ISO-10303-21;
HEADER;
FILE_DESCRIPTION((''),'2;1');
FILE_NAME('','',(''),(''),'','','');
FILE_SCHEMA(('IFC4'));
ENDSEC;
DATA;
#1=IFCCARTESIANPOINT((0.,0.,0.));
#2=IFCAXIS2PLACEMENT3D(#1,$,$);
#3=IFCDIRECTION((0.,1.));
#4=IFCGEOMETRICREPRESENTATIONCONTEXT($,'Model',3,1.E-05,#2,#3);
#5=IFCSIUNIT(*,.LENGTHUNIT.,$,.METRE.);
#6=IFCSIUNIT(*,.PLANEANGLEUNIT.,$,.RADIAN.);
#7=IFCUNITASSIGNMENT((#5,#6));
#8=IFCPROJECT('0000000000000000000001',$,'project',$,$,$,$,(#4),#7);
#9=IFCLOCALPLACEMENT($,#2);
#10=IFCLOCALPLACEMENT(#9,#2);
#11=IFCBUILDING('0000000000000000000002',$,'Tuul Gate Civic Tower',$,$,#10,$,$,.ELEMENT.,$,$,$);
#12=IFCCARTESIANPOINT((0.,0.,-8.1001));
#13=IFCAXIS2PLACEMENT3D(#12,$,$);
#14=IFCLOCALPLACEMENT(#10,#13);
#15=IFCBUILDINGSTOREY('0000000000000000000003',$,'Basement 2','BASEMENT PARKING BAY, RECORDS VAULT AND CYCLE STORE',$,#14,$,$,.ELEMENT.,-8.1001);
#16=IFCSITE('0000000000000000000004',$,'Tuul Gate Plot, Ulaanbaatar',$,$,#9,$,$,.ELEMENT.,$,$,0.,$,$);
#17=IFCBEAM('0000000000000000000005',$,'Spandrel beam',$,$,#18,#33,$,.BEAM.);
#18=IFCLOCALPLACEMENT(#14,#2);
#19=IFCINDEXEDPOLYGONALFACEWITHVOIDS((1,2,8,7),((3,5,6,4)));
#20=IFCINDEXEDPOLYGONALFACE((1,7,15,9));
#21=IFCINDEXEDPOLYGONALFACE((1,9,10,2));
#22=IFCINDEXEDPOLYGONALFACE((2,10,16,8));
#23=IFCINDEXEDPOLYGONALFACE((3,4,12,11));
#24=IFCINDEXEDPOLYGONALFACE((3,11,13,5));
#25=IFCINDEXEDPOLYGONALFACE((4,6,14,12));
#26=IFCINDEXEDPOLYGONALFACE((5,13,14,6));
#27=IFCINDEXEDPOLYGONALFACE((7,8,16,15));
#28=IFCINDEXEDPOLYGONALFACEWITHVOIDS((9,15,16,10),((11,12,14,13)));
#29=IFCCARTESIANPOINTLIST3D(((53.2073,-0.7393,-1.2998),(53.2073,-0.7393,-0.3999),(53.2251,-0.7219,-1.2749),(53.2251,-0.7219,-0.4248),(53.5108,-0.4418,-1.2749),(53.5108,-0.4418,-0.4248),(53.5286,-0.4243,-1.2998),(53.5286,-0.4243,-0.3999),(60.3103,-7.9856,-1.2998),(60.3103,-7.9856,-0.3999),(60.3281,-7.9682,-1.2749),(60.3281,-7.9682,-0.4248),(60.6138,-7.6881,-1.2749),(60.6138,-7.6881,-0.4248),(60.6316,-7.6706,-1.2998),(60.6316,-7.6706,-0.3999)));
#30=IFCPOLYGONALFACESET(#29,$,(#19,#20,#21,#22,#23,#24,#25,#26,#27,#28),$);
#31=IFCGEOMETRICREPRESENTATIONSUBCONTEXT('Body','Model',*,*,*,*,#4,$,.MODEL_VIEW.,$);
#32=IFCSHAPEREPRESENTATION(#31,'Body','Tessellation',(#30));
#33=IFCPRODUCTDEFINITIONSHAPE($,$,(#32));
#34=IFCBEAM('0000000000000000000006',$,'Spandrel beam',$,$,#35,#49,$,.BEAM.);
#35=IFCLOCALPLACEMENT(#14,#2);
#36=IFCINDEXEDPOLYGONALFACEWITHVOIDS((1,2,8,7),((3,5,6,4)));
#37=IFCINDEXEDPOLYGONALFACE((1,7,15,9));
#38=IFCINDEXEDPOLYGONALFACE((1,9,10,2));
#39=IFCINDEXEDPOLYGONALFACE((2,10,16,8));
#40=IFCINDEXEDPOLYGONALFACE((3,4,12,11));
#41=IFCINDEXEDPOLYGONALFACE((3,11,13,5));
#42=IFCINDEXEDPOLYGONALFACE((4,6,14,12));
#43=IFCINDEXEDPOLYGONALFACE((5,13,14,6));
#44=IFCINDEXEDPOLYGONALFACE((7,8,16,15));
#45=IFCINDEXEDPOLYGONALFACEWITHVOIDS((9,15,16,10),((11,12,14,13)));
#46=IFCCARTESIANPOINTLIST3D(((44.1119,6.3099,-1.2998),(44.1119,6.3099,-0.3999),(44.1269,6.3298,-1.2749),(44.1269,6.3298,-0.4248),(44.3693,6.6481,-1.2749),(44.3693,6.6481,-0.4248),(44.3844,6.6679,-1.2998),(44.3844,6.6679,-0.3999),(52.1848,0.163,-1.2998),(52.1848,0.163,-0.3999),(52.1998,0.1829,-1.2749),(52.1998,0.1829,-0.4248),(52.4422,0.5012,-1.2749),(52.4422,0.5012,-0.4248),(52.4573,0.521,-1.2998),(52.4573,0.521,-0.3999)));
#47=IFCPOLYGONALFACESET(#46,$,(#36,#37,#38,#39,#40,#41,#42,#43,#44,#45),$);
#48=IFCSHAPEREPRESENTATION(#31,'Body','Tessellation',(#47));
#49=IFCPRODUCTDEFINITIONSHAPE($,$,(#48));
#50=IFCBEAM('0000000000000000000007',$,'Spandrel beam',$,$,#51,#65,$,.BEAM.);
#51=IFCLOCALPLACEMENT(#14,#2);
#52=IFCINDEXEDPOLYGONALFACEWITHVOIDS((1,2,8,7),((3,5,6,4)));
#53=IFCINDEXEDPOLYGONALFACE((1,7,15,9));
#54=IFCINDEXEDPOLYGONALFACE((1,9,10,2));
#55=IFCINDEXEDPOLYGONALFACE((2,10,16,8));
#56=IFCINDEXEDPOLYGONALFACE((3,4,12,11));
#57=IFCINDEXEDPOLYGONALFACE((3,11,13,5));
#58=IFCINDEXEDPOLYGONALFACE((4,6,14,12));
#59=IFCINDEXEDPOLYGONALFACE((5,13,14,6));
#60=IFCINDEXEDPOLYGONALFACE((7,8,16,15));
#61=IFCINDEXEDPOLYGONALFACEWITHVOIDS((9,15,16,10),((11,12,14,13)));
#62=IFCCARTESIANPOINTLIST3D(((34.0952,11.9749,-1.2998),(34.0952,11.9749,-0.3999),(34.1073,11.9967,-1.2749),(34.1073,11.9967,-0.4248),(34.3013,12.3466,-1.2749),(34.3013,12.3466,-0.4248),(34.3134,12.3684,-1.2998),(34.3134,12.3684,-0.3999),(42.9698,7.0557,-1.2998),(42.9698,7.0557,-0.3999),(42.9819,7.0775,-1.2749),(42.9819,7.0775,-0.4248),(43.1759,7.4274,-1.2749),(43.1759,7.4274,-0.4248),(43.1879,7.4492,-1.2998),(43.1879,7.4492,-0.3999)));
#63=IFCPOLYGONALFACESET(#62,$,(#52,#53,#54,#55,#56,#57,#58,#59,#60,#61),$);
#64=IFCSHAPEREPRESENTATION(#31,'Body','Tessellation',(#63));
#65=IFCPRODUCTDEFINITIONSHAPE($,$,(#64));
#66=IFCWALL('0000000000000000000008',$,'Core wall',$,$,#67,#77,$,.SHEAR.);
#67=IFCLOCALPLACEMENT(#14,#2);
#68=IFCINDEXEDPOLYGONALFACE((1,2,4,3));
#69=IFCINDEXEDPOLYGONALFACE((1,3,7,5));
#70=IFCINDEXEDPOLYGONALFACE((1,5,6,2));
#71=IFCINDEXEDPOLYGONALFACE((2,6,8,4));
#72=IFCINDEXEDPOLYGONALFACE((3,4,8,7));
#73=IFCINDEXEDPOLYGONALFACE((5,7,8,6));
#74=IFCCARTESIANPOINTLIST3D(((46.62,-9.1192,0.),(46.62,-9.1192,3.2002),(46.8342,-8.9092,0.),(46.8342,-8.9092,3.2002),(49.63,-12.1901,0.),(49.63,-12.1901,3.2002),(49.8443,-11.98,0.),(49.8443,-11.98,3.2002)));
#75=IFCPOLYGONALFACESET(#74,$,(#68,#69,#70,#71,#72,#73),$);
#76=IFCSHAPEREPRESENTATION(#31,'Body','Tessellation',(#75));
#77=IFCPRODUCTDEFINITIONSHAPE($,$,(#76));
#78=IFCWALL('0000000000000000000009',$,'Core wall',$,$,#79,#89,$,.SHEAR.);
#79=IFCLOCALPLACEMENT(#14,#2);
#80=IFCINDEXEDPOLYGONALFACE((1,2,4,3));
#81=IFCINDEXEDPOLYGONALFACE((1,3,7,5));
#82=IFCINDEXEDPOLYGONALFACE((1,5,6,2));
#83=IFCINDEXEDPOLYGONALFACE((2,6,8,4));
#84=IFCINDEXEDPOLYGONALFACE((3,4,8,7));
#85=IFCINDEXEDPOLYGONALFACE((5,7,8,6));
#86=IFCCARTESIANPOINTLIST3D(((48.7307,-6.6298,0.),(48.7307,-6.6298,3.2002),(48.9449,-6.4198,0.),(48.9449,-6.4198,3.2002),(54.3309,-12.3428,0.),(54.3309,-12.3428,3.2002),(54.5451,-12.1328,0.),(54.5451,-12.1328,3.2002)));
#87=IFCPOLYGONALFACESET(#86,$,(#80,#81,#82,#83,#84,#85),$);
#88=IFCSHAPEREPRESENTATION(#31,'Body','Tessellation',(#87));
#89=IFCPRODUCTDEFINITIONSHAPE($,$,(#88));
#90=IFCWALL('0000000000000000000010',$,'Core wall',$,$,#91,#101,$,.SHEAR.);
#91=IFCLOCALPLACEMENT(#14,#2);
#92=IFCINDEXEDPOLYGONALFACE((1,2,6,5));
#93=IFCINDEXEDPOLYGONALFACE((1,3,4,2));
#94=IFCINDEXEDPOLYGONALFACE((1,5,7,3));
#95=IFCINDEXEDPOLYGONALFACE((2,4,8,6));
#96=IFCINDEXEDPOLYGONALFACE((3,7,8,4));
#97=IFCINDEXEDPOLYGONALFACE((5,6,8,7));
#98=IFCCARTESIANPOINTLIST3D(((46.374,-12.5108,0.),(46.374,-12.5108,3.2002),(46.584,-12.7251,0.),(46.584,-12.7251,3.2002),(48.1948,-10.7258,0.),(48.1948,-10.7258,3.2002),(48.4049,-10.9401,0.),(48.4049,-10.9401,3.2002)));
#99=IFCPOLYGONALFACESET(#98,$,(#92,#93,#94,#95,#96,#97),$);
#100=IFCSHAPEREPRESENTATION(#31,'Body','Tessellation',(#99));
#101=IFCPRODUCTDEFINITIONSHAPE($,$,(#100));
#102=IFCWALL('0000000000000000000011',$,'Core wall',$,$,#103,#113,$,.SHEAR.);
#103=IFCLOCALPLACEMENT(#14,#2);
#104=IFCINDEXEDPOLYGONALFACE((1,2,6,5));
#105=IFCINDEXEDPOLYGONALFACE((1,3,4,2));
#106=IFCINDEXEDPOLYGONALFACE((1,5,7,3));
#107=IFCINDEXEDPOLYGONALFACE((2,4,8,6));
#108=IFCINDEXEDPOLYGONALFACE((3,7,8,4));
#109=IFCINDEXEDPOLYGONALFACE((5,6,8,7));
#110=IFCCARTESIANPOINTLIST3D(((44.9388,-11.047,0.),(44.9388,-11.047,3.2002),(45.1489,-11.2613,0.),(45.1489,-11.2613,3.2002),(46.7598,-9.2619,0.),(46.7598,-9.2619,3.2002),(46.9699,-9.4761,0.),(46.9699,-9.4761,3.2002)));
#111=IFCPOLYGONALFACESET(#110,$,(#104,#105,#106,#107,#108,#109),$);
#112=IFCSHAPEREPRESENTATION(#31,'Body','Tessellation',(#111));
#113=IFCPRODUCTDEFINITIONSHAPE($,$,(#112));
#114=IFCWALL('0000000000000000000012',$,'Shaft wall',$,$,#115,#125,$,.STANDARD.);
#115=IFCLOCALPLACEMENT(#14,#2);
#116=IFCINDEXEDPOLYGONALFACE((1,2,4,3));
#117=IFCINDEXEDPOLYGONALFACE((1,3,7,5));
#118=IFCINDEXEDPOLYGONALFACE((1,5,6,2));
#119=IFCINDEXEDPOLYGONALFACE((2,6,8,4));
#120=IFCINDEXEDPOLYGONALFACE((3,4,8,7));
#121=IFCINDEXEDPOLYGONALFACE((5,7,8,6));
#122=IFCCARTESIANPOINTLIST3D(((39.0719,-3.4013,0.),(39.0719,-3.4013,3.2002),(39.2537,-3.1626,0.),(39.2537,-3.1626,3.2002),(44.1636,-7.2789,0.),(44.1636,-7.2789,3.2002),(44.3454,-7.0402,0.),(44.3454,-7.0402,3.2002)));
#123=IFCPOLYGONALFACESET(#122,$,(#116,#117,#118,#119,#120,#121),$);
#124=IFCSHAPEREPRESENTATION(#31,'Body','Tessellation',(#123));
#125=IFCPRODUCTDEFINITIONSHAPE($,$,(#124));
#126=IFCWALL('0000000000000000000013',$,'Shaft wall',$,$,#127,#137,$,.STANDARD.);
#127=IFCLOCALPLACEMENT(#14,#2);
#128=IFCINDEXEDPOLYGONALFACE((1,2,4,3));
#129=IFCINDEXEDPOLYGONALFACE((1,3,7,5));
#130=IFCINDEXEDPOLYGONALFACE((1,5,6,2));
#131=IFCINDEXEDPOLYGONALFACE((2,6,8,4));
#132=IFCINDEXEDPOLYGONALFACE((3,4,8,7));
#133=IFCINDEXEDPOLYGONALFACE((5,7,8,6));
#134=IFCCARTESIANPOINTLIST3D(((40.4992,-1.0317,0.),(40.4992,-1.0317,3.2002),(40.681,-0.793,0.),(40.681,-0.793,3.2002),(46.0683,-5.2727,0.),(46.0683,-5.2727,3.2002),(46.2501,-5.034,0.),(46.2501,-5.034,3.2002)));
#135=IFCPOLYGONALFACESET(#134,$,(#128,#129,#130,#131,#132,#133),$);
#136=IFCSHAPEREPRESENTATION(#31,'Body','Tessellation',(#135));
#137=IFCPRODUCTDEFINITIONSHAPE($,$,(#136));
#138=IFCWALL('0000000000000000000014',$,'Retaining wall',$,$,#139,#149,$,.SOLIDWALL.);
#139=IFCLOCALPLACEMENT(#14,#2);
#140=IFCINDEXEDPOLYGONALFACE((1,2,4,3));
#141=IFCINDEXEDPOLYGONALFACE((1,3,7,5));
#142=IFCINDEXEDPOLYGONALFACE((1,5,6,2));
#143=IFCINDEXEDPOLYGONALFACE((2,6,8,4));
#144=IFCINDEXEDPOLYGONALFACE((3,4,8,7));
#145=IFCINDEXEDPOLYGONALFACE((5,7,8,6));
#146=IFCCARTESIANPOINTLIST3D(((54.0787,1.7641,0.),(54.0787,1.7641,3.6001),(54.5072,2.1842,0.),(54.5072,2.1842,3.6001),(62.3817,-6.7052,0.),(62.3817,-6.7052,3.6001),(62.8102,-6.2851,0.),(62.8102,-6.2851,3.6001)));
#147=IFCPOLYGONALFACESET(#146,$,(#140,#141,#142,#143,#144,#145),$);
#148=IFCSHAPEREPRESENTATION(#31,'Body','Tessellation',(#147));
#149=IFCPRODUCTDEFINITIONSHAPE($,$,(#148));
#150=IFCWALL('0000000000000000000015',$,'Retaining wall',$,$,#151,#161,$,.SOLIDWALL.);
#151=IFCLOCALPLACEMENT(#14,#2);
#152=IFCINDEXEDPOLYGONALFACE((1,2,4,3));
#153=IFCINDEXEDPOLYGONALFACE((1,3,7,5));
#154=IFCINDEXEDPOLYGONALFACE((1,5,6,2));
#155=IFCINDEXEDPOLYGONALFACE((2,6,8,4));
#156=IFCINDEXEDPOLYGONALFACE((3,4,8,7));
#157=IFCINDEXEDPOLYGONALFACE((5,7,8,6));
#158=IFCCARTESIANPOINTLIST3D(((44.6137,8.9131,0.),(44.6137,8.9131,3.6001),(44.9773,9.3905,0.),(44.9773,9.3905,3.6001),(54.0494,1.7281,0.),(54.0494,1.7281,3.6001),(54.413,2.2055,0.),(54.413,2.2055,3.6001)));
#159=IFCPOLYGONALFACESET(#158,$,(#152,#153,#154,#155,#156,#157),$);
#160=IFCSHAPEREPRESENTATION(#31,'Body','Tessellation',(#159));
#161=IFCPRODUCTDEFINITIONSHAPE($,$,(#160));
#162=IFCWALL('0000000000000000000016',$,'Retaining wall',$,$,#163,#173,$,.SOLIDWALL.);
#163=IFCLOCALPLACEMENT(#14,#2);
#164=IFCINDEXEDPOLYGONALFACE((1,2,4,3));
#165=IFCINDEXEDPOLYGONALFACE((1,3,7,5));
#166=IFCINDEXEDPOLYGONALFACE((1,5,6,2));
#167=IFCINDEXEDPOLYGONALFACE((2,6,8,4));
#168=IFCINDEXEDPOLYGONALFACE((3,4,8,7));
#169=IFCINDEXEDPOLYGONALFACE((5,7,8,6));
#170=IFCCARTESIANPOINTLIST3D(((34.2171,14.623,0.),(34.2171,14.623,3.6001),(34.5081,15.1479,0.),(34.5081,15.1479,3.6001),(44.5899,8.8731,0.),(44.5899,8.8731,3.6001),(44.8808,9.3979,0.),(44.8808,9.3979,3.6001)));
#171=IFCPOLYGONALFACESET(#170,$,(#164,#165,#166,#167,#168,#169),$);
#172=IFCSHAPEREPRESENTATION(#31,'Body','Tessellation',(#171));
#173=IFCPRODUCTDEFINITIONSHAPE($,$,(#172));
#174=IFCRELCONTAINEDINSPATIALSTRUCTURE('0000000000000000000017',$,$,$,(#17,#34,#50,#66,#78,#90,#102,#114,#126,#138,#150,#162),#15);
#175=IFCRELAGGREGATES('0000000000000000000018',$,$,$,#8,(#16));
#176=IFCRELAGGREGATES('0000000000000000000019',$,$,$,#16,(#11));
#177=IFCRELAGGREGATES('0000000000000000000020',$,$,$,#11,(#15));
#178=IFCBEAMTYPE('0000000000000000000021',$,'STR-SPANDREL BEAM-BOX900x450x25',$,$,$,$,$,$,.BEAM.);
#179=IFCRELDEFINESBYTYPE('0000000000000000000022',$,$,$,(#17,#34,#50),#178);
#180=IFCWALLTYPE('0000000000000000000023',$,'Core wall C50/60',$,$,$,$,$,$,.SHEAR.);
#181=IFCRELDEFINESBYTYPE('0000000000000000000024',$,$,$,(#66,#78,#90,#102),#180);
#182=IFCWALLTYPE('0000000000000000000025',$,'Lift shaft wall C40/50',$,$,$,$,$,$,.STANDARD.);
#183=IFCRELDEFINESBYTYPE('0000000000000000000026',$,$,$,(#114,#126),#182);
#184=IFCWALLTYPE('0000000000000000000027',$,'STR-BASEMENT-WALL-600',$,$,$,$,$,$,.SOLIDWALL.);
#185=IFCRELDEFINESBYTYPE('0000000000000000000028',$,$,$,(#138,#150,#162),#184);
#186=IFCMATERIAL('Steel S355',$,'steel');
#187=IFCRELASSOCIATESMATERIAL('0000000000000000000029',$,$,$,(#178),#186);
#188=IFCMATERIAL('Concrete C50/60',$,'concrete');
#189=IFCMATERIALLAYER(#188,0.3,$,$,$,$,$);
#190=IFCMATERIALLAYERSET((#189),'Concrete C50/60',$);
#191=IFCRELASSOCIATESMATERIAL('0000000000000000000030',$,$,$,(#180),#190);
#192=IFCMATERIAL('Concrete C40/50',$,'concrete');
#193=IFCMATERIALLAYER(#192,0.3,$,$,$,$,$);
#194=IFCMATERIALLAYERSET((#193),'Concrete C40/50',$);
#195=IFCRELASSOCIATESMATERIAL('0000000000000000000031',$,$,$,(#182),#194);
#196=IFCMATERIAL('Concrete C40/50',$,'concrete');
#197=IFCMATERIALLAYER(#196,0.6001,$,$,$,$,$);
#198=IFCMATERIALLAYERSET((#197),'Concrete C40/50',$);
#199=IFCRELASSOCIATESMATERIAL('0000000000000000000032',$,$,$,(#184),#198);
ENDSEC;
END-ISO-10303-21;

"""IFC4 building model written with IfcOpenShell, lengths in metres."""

from ifc_helpers import new_model, si_unit, direction, frame, frame_2d, origin, origin_2d, place, context, subcontext, project, spatial, rectangle, hollow_rectangle, extrude, material, layer, layer_set, material_profile, profile_set, type_object, element, save


model = new_model("IFC4")

# Units and contexts
model_context = context("Model", 3, precision=1e-05, world=origin(), true_north=direction((0.0, 1.0)))
body_context = subcontext(model_context, "Body", "Model", "MODEL_VIEW")
ifc_project = project(units=[si_unit("LENGTHUNIT", "METRE"), si_unit("PLANEANGLEUNIT", "RADIAN")], contexts=[model_context])

# Site, building, storey
site_placement = place(None, origin())
site = spatial("IfcSite", under=ifc_project, at=site_placement, Name="Tuul Gate Plot, Ulaanbaatar", CompositionType="ELEMENT", RefElevation=0.0)
building_placement = place(site_placement, origin())
building = spatial("IfcBuilding", under=site, at=building_placement, Name="Tuul Gate Civic Tower", CompositionType="ELEMENT")
storey_placement = place(building_placement, frame((0.0, 0.0, -8.1001)))
storey = spatial("IfcBuildingStorey", under=building, at=storey_placement, Name="Basement 2", Description="BASEMENT PARKING BAY, RECORDS VAULT AND CYCLE STORE", CompositionType="ELEMENT", Elevation=-8.1001)

# Beams
ifc_material_1 = material(Name="Steel S355", Category="steel")
ifc_material_profile_1 = material_profile(ifc_material_1, hollow_rectangle(XDim=0.45, YDim=0.8999, WallThickness=0.0249, at=origin_2d()), Name="BOX900x450x25")
ifc_profile_set_1 = profile_set([ifc_material_profile_1], Name="Steel S355")
beam_type_1 = type_object("IfcBeamType", Name="STR-SPANDREL BEAM-BOX900x450x25", PredefinedType="BEAM", material=ifc_profile_set_1)
beam_1_placement = place(storey_placement, frame((60.4709, -7.8281, -0.8499), z_axis=(-0.70001, 0.714133, 0.0), x_axis=(-0.714133, -0.70001, 0.0)))
element("IfcBeam", 1, at=beam_1_placement, inside=storey, type_object=beam_type_1, Name="Spandrel beam", PredefinedType="BEAM", context=body_context, shape_type="SweptSolid", body=[
    extrude(hollow_rectangle(XDim=0.45, YDim=0.8999, WallThickness=0.0249, at=origin_2d()), origin(), (0.0, 0.0, 1.0), 10.147),
])
for number, where, z_axis, x_axis, name in (
    (2, (52.321, 0.342, -0.8499), (-0.795616, 0.605801, 0.0), (-0.605801, -0.795616, 0.0), "Spandrel beam"),
    (3, (43.0789, 7.2524, -0.8499), (-0.874621, 0.484807, 0.0), (-0.484807, -0.874621, 0.0), "Spandrel beam"),
):
    element("IfcBeam", number, at=place(storey_placement, frame(where, z_axis=z_axis, x_axis=x_axis)), inside=storey, type_object=beam_type_1, Name=name, PredefinedType="BEAM", context=body_context, shape_type="SweptSolid", body=[
        extrude(hollow_rectangle(XDim=0.45, YDim=0.8999, WallThickness=0.0249, at=origin_2d()), origin(), (0.0, 0.0, 1.0), 10.1467),
    ])

# Walls
ifc_material_2 = material(Name="Concrete C50/60", Category="concrete")
ifc_layer_1 = layer(ifc_material_2, 0.3)
ifc_layer_set_1 = layer_set([ifc_layer_1], Name="Concrete C50/60")
wall_type_1 = type_object("IfcWallType", Name="Core wall C50/60", PredefinedType="SHEAR", material=ifc_layer_set_1)
wall_1_placement = place(storey_placement, frame((49.7371, -12.085, 0.0), z_axis=(0.0, 0.0, 1.0), x_axis=(-0.700003, 0.71414, 0.0)))
element("IfcWall", 4, at=wall_1_placement, inside=storey, type_object=wall_type_1, Name="Core wall", PredefinedType="SHEAR", context=body_context, shape_type="SweptSolid", body=[
    extrude(rectangle(XDim=4.3, YDim=0.3, at=frame_2d((2.1499, 0.0))), origin(), (0.0, 0.0, 1.0), 3.2002),
])
wall_2_placement = place(storey_placement, frame((54.438, -12.2378, 0.0), z_axis=(0.0, 0.0, 1.0), x_axis=(-0.700022, 0.714121, 0.0)))
element("IfcWall", 5, at=wall_2_placement, inside=storey, type_object=wall_type_1, Name="Core wall", PredefinedType="SHEAR", context=body_context, shape_type="SweptSolid", body=[
    extrude(rectangle(XDim=8.0, YDim=0.3, at=frame_2d((4.0, 0.0))), origin(), (0.0, 0.0, 1.0), 3.2002),
])
wall_3_placement = place(storey_placement, frame((46.479, -12.6179, 0.0), z_axis=(0.0, 0.0, 1.0), x_axis=(0.714109, 0.700034, 0.0)))
element("IfcWall", 6, at=wall_3_placement, inside=storey, type_object=wall_type_1, Name="Core wall", PredefinedType="SHEAR", context=body_context, shape_type="SweptSolid", body=[
    extrude(rectangle(XDim=2.5498, YDim=0.3, at=frame_2d((1.2749, 0.0))), origin(), (0.0, 0.0, 1.0), 3.2002),
])
wall_4_placement = place(storey_placement, frame((45.0439, -11.1541, 0.0), z_axis=(0.0, 0.0, 1.0), x_axis=(0.714108, 0.700035, 0.0)))
element("IfcWall", 7, at=wall_4_placement, inside=storey, type_object=wall_type_1, Name="Core wall", PredefinedType="SHEAR", context=body_context, shape_type="SweptSolid", body=[
    extrude(rectangle(XDim=2.55, YDim=0.3, at=frame_2d((1.2749, 0.0))), origin(), (0.0, 0.0, 1.0), 3.2002),
])
ifc_material_3 = material(Name="Concrete C40/50", Category="concrete")
ifc_layer_2 = layer(ifc_material_3, 0.3)
ifc_layer_set_2 = layer_set([ifc_layer_2], Name="Concrete C40/50")
wall_type_2 = type_object("IfcWallType", Name="Lift shaft wall C40/50", PredefinedType="STANDARD", material=ifc_layer_set_2)
wall_5_placement = place(storey_placement, frame((44.2546, -7.1597, 0.0), z_axis=(0.0, 0.0, 1.0), x_axis=(-0.795566, 0.605867, 0.0)))
element("IfcWall", 8, at=wall_5_placement, inside=storey, type_object=wall_type_2, Name="Shaft wall", PredefinedType="STANDARD", context=body_context, shape_type="SweptSolid", body=[
    extrude(rectangle(XDim=6.4001, YDim=0.3, at=frame_2d((3.2002, 0.0))), origin(), (0.0, 0.0, 1.0), 3.2002),
])
wall_6_placement = place(storey_placement, frame((46.1592, -5.1533, 0.0), z_axis=(0.0, 0.0, 1.0), x_axis=(-0.79558, 0.605849, 0.0)))
element("IfcWall", 9, at=wall_6_placement, inside=storey, type_object=wall_type_2, Name="Shaft wall", PredefinedType="STANDARD", context=body_context, shape_type="SweptSolid", body=[
    extrude(rectangle(XDim=7.0, YDim=0.3, at=frame_2d((3.5, 0.0))), origin(), (0.0, 0.0, 1.0), 3.2002),
])
ifc_material_4 = material(Name="Concrete C40/50", Category="concrete")
ifc_layer_3 = layer(ifc_material_4, 0.6001)
ifc_layer_set_3 = layer_set([ifc_layer_3], Name="Concrete C40/50")
wall_type_3 = type_object("IfcWallType", Name="STR-BASEMENT-WALL-600", PredefinedType="SOLIDWALL", material=ifc_layer_set_3)
wall_7_placement = place(storey_placement, frame((62.5959, -6.4951, 0.0), z_axis=(0.0, 0.0, 1.0), x_axis=(-0.700063, 0.714081, 0.0)))
element("IfcWall", 10, at=wall_7_placement, inside=storey, type_object=wall_type_3, Name="Retaining wall", PredefinedType="SOLIDWALL", context=body_context, shape_type="SweptSolid", body=[
    extrude(rectangle(XDim=11.8604, YDim=0.6001, at=frame_2d((5.9302, 0.0))), origin(), (0.0, 0.0, 1.0), 3.6001),
])
for number, where, z_axis, x_axis, name in (
    (11, (54.2312, 1.9668, 0.0), (0.0, 0.0, 1.0), (-0.795599, 0.605824, 0.0), "Retaining wall"),
    (12, (44.7354, 9.1355, 0.0), (0.0, 0.0, 1.0), (-0.87461, 0.484826, 0.0), "Retaining wall"),
):
    element("IfcWall", number, at=place(storey_placement, frame(where, z_axis=z_axis, x_axis=x_axis)), inside=storey, type_object=wall_type_3, Name=name, PredefinedType="SOLIDWALL", context=body_context, shape_type="SweptSolid", body=[
        extrude(rectangle(XDim=11.8599, YDim=0.6001, at=frame_2d((5.9299, 0.0))), origin(), (0.0, 0.0, 1.0), 3.6001),
    ])

save(model, "model.ifc")
